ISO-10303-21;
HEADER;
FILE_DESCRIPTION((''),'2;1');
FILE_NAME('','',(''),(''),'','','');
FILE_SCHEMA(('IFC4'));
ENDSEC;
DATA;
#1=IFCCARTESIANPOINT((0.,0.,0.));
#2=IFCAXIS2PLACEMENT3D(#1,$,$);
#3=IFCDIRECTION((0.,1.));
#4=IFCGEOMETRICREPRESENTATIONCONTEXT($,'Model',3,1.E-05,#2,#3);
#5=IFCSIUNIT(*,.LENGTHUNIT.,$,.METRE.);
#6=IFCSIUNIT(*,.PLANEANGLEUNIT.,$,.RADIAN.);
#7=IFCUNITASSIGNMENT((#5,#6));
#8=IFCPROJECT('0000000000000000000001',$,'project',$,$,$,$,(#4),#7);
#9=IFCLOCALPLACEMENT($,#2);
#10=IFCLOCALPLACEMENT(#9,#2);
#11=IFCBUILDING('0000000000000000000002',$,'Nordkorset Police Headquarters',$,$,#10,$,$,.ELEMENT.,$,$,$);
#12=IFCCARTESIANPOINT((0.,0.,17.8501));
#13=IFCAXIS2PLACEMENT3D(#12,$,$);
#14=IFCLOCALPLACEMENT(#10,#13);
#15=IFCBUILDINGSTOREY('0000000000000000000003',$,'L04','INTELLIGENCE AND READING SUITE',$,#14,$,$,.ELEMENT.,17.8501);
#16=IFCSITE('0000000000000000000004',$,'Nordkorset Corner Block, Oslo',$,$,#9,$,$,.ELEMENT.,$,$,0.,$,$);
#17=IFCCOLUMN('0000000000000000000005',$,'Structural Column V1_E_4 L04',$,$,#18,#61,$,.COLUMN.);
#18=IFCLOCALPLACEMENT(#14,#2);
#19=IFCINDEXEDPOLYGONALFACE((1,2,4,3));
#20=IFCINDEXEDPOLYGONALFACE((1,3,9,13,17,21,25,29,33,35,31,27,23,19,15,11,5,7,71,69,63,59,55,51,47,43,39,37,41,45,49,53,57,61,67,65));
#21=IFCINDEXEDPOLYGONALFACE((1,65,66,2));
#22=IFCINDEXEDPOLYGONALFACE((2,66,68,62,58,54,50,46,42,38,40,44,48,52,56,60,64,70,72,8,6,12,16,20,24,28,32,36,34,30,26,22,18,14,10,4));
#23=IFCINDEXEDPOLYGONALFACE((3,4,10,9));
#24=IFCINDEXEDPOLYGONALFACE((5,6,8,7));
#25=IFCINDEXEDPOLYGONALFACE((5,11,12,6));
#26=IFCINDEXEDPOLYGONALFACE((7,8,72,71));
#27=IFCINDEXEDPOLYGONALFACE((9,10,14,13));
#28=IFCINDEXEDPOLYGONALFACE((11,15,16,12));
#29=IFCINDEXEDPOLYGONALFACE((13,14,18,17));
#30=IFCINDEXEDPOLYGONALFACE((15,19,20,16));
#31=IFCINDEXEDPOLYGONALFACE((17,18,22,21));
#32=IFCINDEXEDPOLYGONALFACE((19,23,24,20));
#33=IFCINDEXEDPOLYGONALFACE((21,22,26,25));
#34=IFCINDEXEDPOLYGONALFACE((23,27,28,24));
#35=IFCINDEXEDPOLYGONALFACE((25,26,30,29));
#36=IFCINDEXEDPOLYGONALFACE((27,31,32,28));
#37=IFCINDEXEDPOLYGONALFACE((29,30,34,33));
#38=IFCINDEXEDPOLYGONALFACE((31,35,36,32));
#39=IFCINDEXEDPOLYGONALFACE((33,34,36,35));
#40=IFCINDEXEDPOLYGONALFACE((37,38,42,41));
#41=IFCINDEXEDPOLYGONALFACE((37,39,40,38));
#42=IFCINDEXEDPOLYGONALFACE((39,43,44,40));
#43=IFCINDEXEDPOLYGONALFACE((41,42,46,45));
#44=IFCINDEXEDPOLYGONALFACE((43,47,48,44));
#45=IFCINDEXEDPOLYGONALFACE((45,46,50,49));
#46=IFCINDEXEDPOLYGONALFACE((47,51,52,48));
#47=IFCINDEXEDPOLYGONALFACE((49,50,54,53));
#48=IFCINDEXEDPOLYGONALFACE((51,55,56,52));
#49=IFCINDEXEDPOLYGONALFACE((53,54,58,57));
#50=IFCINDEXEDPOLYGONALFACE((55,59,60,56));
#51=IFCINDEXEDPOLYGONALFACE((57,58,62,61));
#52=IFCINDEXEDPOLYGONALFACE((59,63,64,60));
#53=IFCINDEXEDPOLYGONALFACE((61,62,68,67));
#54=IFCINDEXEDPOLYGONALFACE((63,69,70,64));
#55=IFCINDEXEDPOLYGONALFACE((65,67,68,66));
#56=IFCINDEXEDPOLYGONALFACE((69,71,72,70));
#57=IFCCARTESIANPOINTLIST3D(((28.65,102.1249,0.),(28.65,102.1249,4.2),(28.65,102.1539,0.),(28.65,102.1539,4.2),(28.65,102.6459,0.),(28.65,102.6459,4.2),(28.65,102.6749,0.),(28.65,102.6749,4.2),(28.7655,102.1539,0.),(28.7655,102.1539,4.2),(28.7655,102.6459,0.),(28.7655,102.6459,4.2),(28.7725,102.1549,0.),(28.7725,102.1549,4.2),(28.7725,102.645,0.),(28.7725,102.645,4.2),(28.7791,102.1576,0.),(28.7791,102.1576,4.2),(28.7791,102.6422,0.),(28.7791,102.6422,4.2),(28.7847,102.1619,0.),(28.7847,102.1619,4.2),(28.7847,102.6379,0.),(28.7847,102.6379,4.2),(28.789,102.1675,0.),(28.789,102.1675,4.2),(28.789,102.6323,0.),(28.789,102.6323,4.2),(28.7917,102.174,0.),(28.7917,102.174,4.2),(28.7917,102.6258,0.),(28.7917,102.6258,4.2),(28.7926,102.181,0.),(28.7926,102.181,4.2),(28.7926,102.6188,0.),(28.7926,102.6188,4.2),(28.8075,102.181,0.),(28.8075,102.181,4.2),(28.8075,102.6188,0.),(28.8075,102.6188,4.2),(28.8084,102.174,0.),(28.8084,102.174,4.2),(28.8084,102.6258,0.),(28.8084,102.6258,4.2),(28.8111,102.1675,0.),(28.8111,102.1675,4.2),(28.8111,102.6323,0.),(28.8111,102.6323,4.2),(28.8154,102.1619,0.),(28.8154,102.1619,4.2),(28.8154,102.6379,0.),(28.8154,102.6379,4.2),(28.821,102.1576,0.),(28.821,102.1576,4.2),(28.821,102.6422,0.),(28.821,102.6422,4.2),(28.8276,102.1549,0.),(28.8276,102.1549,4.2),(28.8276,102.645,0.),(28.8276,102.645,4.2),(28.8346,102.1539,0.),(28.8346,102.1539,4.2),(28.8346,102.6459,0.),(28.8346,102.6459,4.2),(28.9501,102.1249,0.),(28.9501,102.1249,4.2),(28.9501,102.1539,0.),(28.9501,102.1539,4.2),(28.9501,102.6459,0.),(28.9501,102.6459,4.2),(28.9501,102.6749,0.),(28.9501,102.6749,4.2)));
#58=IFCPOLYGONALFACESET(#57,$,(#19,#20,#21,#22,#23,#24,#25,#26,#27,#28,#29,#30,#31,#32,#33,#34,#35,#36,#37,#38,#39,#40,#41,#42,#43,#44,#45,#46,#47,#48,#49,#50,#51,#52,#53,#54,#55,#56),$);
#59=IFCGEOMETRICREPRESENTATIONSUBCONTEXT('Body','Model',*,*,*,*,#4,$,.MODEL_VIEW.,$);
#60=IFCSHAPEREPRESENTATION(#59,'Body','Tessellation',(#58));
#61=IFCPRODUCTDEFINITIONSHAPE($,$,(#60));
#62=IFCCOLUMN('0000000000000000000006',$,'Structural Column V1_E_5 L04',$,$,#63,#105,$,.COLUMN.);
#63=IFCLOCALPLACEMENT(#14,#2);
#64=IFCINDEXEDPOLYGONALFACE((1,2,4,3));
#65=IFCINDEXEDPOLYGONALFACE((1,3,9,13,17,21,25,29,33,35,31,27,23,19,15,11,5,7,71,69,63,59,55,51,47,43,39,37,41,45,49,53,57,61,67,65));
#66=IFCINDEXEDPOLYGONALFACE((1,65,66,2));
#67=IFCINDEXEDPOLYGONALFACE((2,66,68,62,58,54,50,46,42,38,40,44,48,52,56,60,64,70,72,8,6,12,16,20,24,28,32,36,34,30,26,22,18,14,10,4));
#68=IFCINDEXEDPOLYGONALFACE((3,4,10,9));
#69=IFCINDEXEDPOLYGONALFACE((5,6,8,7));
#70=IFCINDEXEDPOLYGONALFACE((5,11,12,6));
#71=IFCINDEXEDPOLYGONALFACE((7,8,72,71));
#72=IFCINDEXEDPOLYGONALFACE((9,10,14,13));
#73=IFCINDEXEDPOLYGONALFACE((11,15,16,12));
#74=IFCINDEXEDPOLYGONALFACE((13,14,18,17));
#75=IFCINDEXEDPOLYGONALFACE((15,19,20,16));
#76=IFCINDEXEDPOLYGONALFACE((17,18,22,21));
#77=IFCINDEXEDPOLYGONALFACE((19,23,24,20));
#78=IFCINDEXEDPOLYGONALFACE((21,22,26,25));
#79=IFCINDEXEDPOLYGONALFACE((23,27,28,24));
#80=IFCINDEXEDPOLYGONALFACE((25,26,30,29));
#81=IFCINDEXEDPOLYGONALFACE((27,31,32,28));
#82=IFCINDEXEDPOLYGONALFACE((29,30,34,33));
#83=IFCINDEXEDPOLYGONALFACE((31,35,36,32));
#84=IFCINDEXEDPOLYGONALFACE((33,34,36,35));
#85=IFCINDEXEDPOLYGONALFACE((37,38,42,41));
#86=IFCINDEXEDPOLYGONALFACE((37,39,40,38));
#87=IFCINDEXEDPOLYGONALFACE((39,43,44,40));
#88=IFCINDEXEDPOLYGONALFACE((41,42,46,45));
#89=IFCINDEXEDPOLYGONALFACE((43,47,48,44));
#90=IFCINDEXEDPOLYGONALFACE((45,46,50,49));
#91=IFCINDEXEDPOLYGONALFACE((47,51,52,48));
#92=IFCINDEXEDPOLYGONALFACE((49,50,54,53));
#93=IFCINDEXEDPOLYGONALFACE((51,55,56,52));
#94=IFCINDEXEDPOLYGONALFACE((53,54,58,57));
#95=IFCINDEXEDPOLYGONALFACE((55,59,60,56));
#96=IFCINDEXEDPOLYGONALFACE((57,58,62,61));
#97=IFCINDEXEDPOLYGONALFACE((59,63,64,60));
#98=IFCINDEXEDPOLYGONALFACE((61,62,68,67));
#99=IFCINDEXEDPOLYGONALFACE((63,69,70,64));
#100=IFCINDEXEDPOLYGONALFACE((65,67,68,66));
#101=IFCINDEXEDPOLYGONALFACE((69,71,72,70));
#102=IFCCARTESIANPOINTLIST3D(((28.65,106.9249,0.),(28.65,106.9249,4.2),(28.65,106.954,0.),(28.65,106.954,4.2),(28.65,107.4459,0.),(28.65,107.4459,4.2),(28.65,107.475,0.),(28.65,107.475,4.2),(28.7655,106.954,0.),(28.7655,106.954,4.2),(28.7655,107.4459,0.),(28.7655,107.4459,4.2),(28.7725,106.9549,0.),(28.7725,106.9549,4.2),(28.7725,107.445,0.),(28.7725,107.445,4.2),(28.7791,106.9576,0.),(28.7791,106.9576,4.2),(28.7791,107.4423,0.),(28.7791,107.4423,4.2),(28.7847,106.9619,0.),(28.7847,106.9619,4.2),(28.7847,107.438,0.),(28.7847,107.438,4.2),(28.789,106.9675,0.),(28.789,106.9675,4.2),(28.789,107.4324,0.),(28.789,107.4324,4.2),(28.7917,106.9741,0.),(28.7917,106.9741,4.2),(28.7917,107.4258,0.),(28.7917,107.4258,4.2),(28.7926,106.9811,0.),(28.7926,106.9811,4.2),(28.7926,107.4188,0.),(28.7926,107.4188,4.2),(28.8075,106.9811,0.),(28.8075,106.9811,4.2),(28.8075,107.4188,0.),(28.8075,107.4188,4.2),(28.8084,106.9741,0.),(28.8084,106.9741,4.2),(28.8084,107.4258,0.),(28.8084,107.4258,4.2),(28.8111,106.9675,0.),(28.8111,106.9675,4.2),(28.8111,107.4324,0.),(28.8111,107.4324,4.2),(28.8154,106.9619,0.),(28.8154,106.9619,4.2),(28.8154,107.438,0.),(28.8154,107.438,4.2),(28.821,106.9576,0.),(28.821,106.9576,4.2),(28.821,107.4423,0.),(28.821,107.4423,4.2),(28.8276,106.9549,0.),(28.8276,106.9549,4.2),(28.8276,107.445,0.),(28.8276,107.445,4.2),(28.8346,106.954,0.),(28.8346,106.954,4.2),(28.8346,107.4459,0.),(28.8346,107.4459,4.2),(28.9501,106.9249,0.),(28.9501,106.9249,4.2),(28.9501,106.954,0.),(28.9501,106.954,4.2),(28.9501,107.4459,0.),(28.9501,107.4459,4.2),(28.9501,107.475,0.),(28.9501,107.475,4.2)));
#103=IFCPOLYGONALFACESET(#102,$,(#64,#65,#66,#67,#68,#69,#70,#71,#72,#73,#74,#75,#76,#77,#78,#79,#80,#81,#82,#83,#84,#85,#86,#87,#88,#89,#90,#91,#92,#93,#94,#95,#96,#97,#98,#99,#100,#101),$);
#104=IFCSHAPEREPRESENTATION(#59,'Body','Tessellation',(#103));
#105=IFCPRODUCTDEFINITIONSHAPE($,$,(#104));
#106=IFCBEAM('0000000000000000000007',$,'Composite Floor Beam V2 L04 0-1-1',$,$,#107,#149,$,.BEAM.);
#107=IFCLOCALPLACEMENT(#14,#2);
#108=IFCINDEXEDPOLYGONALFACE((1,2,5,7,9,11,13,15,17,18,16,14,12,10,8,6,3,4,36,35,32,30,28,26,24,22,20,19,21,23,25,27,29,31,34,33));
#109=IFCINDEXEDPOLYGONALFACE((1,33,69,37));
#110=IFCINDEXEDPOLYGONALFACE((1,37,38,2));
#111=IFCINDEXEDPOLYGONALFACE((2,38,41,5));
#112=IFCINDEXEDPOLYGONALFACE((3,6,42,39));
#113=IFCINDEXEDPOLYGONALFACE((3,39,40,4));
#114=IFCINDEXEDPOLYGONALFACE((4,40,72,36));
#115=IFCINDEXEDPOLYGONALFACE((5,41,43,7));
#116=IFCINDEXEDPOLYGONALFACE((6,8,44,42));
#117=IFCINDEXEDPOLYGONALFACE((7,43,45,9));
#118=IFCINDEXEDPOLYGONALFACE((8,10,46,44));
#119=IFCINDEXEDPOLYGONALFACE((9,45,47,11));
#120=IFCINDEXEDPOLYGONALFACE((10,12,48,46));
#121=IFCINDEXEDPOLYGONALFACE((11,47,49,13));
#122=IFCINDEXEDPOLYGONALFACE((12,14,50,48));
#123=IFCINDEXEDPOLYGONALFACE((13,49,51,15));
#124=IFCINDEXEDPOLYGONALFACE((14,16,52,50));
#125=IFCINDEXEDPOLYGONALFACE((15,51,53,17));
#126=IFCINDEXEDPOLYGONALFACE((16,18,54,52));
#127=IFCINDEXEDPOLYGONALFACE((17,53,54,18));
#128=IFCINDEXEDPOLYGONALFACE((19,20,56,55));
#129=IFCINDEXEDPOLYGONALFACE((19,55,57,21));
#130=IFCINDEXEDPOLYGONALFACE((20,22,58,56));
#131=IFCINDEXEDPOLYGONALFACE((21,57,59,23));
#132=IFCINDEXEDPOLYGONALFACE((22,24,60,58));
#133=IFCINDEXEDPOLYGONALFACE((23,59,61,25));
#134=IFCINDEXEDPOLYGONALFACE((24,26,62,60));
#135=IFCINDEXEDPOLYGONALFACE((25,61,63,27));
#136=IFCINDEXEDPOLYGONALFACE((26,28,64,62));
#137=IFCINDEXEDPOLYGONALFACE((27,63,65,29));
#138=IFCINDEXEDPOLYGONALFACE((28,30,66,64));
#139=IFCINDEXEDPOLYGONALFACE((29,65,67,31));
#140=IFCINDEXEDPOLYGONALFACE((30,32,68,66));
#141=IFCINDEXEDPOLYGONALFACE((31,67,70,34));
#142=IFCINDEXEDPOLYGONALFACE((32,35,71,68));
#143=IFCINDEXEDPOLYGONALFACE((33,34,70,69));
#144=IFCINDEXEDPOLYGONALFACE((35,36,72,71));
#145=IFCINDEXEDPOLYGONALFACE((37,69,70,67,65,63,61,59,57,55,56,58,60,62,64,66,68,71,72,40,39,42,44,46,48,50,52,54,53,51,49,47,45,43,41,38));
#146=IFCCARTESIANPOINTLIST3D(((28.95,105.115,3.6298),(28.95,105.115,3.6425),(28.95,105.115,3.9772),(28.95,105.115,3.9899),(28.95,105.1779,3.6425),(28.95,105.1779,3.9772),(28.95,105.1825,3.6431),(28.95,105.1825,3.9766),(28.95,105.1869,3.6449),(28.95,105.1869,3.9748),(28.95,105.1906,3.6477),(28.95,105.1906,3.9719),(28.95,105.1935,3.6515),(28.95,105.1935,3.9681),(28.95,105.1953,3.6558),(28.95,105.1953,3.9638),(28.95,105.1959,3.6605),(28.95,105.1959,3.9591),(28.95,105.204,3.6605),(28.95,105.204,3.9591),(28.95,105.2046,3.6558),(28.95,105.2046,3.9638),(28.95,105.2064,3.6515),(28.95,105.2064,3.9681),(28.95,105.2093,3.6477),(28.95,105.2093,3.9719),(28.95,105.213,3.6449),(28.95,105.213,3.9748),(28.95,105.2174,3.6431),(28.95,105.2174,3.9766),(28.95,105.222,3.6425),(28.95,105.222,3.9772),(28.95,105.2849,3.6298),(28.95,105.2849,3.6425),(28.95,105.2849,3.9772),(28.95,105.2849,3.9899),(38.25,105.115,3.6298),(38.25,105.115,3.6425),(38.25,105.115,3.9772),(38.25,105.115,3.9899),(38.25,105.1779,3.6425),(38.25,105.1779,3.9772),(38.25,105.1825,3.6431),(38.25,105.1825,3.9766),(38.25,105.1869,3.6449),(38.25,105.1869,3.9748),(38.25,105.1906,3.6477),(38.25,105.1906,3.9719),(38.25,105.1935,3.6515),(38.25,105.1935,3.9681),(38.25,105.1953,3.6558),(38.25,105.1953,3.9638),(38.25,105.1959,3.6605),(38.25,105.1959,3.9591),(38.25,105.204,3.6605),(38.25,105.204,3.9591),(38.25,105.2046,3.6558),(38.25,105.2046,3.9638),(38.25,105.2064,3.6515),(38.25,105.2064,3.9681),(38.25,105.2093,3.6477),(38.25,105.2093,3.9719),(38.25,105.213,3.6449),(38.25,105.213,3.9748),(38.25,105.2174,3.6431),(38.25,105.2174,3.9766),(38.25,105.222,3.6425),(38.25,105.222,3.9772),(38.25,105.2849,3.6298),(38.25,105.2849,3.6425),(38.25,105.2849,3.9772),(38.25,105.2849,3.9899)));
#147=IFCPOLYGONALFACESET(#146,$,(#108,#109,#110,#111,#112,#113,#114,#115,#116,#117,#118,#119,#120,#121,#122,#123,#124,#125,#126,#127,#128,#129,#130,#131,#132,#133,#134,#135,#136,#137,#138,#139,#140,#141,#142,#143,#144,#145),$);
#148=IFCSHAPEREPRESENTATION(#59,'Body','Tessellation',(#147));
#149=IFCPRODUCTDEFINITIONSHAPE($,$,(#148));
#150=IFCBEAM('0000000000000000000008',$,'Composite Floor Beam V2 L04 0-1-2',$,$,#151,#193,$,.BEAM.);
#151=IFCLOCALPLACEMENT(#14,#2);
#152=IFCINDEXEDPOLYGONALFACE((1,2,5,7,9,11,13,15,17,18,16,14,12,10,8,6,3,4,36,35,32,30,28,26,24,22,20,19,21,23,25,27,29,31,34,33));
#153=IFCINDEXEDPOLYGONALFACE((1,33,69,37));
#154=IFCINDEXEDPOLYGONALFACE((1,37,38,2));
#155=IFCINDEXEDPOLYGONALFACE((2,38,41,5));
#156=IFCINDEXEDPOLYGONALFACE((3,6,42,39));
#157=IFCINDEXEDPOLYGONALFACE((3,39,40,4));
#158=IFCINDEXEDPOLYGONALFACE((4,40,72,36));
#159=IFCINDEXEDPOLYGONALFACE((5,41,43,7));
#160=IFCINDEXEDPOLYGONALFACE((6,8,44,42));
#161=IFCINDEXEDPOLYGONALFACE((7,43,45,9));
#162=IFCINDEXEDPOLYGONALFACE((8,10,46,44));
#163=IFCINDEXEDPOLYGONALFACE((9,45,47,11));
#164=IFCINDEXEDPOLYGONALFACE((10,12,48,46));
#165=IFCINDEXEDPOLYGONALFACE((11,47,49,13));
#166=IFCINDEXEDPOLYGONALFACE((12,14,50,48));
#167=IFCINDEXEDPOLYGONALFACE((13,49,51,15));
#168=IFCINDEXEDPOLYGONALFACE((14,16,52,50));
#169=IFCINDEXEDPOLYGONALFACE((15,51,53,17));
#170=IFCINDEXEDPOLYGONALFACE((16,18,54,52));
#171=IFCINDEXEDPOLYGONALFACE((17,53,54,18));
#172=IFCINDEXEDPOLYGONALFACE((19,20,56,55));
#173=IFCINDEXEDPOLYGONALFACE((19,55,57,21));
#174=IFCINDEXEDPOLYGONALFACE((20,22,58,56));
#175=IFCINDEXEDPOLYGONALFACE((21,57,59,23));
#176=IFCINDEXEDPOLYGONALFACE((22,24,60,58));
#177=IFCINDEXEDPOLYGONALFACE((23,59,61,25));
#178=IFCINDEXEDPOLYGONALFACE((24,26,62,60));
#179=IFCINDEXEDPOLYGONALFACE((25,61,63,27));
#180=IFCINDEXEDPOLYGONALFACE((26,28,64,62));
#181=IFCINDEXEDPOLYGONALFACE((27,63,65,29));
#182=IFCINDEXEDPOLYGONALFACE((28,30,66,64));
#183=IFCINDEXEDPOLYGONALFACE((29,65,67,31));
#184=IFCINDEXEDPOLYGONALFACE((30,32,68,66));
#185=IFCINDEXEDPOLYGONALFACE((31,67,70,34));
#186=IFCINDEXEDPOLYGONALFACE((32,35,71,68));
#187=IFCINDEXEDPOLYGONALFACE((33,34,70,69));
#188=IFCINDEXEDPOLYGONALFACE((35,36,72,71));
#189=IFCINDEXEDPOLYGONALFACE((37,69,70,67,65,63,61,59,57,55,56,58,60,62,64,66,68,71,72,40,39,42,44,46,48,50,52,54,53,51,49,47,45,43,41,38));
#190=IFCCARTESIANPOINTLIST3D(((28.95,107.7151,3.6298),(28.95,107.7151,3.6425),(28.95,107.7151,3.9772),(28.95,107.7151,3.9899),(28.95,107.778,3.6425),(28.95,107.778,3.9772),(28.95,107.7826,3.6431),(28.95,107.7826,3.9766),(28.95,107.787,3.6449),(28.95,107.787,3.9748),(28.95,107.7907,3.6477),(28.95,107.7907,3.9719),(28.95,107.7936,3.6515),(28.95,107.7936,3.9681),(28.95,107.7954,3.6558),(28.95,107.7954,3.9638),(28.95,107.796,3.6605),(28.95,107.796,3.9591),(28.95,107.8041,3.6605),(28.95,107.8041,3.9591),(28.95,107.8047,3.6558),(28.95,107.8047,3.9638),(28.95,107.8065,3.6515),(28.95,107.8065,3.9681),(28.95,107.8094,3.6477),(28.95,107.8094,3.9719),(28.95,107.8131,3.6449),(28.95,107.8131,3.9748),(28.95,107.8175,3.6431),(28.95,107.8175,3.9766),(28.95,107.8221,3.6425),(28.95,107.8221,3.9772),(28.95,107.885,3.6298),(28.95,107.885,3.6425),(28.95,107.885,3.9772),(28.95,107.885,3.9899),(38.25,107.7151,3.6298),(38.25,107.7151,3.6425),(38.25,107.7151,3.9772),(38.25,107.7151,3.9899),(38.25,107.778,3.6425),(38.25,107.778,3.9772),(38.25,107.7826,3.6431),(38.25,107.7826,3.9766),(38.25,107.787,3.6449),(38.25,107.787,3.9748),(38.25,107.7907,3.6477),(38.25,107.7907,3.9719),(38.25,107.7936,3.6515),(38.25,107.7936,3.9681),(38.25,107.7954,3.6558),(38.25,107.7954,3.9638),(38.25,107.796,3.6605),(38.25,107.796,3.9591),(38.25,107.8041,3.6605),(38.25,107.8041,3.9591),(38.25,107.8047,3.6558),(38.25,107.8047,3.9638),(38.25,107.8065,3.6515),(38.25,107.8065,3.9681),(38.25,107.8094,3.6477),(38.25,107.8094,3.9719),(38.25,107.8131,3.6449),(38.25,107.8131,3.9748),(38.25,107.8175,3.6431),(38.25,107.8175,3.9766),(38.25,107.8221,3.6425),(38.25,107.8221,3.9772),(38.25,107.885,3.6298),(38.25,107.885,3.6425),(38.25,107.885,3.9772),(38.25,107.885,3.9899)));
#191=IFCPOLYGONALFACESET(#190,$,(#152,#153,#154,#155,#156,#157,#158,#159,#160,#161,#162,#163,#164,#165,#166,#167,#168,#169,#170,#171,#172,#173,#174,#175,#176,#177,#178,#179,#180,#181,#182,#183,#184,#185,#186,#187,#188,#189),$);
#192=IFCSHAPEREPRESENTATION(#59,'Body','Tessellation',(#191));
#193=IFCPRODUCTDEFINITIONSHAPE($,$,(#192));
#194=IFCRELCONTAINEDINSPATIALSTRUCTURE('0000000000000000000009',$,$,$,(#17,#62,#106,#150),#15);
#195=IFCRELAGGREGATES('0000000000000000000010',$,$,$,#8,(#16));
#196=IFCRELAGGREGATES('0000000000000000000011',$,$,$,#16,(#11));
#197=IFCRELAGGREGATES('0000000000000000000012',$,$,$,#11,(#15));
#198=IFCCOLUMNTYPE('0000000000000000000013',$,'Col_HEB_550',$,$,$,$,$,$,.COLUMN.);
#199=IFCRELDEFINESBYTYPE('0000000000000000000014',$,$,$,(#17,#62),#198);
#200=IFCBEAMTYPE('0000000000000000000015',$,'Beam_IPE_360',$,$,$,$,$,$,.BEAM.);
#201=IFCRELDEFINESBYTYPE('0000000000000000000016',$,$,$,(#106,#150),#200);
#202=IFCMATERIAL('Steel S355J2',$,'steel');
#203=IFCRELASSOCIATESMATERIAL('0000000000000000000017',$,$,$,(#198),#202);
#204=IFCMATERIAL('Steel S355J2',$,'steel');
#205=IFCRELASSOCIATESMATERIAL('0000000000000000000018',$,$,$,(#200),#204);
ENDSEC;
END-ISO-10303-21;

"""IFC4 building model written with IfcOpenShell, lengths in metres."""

from ifc_helpers import new_model, si_unit, direction, frame, origin, origin_2d, place, context, subcontext, project, spatial, i_section, extrude, material, material_profile, profile_set, type_object, element, save


model = new_model("IFC4")

# Units and contexts
model_context = context("Model", 3, precision=1e-05, world=origin(), true_north=direction((0.0, 1.0)))
body_context = subcontext(model_context, "Body", "Model", "MODEL_VIEW")
ifc_project = project(units=[si_unit("LENGTHUNIT", "METRE"), si_unit("PLANEANGLEUNIT", "RADIAN")], contexts=[model_context])

# Site, building, storey
site_placement = place(None, origin())
site = spatial("IfcSite", under=ifc_project, at=site_placement, Name="Nordkorset Corner Block, Oslo", CompositionType="ELEMENT", RefElevation=0.0)
building_placement = place(site_placement, origin())
building = spatial("IfcBuilding", under=site, at=building_placement, Name="Nordkorset Police Headquarters", CompositionType="ELEMENT")
storey_placement = place(building_placement, frame((0.0, 0.0, 17.8501)))
storey = spatial("IfcBuildingStorey", under=building, at=storey_placement, Name="L04", Description="INTELLIGENCE AND READING SUITE", CompositionType="ELEMENT", Elevation=17.8501)

# Columns
ifc_material_1 = material(Name="Steel S355J2", Category="steel")
ifc_material_profile_1 = material_profile(ifc_material_1, i_section(OverallWidth=0.3, OverallDepth=0.55, WebThickness=0.0149, FlangeThickness=0.0291, FilletRadius=0.0271, at=origin_2d()), Name="HEB 550")
ifc_profile_set_1 = profile_set([ifc_material_profile_1], Name="Steel S355J2")
column_type = type_object("IfcColumnType", Name="Col_HEB_550", PredefinedType="COLUMN", material=ifc_profile_set_1)
for number, where, z_axis, x_axis, name in (
    (1, (28.8, 102.3999, 0.0), (0.0, 0.0, 1.0), (1.0, 0.0, 0.0), "Structural Column V1_E_4 L04"),
    (2, (28.8, 107.2, 0.0), (0.0, 0.0, 1.0), (1.0, 0.0, 0.0), "Structural Column V1_E_5 L04"),
):
    element("IfcColumn", number, at=place(storey_placement, frame(where, z_axis=z_axis, x_axis=x_axis)), inside=storey, type_object=column_type, Name=name, PredefinedType="COLUMN", context=body_context, shape_type="SweptSolid", body=[
        extrude(i_section(OverallWidth=0.3, OverallDepth=0.55, WebThickness=0.0149, FlangeThickness=0.0291, FilletRadius=0.0271, at=origin_2d()), origin(), (0.0, 0.0, 1.0), 4.2),
    ])

# Beams
ifc_material_2 = material(Name="Steel S355J2", Category="steel")
ifc_material_profile_2 = material_profile(ifc_material_2, i_section(OverallWidth=0.1699, OverallDepth=0.3601, WebThickness=0.0081, FlangeThickness=0.0127, FilletRadius=0.0181, at=origin_2d()), Name="IPE 360")
ifc_profile_set_2 = profile_set([ifc_material_profile_2], Name="Steel S355J2")
beam_type_1 = type_object("IfcBeamType", Name="Beam_IPE_360", PredefinedType="BEAM", material=ifc_profile_set_2)
for number, where, z_axis, x_axis, name in (
    (3, (28.95, 105.2, 3.8098), (1.0, 0.0, 0.0), (0.0, 1.0, 0.0), "Composite Floor Beam V2 L04 0-1-1"),
    (4, (28.95, 107.8, 3.8098), (1.0, 0.0, 0.0), (0.0, 1.0, 0.0), "Composite Floor Beam V2 L04 0-1-2"),
):
    element("IfcBeam", number, at=place(storey_placement, frame(where, z_axis=z_axis, x_axis=x_axis)), inside=storey, type_object=beam_type_1, Name=name, PredefinedType="BEAM", context=body_context, shape_type="SweptSolid", body=[
        extrude(i_section(OverallWidth=0.1699, OverallDepth=0.3601, WebThickness=0.0081, FlangeThickness=0.0127, FilletRadius=0.0181, at=origin_2d()), origin(), (0.0, 0.0, 1.0), 9.3),
    ])

save(model, "model.ifc")
